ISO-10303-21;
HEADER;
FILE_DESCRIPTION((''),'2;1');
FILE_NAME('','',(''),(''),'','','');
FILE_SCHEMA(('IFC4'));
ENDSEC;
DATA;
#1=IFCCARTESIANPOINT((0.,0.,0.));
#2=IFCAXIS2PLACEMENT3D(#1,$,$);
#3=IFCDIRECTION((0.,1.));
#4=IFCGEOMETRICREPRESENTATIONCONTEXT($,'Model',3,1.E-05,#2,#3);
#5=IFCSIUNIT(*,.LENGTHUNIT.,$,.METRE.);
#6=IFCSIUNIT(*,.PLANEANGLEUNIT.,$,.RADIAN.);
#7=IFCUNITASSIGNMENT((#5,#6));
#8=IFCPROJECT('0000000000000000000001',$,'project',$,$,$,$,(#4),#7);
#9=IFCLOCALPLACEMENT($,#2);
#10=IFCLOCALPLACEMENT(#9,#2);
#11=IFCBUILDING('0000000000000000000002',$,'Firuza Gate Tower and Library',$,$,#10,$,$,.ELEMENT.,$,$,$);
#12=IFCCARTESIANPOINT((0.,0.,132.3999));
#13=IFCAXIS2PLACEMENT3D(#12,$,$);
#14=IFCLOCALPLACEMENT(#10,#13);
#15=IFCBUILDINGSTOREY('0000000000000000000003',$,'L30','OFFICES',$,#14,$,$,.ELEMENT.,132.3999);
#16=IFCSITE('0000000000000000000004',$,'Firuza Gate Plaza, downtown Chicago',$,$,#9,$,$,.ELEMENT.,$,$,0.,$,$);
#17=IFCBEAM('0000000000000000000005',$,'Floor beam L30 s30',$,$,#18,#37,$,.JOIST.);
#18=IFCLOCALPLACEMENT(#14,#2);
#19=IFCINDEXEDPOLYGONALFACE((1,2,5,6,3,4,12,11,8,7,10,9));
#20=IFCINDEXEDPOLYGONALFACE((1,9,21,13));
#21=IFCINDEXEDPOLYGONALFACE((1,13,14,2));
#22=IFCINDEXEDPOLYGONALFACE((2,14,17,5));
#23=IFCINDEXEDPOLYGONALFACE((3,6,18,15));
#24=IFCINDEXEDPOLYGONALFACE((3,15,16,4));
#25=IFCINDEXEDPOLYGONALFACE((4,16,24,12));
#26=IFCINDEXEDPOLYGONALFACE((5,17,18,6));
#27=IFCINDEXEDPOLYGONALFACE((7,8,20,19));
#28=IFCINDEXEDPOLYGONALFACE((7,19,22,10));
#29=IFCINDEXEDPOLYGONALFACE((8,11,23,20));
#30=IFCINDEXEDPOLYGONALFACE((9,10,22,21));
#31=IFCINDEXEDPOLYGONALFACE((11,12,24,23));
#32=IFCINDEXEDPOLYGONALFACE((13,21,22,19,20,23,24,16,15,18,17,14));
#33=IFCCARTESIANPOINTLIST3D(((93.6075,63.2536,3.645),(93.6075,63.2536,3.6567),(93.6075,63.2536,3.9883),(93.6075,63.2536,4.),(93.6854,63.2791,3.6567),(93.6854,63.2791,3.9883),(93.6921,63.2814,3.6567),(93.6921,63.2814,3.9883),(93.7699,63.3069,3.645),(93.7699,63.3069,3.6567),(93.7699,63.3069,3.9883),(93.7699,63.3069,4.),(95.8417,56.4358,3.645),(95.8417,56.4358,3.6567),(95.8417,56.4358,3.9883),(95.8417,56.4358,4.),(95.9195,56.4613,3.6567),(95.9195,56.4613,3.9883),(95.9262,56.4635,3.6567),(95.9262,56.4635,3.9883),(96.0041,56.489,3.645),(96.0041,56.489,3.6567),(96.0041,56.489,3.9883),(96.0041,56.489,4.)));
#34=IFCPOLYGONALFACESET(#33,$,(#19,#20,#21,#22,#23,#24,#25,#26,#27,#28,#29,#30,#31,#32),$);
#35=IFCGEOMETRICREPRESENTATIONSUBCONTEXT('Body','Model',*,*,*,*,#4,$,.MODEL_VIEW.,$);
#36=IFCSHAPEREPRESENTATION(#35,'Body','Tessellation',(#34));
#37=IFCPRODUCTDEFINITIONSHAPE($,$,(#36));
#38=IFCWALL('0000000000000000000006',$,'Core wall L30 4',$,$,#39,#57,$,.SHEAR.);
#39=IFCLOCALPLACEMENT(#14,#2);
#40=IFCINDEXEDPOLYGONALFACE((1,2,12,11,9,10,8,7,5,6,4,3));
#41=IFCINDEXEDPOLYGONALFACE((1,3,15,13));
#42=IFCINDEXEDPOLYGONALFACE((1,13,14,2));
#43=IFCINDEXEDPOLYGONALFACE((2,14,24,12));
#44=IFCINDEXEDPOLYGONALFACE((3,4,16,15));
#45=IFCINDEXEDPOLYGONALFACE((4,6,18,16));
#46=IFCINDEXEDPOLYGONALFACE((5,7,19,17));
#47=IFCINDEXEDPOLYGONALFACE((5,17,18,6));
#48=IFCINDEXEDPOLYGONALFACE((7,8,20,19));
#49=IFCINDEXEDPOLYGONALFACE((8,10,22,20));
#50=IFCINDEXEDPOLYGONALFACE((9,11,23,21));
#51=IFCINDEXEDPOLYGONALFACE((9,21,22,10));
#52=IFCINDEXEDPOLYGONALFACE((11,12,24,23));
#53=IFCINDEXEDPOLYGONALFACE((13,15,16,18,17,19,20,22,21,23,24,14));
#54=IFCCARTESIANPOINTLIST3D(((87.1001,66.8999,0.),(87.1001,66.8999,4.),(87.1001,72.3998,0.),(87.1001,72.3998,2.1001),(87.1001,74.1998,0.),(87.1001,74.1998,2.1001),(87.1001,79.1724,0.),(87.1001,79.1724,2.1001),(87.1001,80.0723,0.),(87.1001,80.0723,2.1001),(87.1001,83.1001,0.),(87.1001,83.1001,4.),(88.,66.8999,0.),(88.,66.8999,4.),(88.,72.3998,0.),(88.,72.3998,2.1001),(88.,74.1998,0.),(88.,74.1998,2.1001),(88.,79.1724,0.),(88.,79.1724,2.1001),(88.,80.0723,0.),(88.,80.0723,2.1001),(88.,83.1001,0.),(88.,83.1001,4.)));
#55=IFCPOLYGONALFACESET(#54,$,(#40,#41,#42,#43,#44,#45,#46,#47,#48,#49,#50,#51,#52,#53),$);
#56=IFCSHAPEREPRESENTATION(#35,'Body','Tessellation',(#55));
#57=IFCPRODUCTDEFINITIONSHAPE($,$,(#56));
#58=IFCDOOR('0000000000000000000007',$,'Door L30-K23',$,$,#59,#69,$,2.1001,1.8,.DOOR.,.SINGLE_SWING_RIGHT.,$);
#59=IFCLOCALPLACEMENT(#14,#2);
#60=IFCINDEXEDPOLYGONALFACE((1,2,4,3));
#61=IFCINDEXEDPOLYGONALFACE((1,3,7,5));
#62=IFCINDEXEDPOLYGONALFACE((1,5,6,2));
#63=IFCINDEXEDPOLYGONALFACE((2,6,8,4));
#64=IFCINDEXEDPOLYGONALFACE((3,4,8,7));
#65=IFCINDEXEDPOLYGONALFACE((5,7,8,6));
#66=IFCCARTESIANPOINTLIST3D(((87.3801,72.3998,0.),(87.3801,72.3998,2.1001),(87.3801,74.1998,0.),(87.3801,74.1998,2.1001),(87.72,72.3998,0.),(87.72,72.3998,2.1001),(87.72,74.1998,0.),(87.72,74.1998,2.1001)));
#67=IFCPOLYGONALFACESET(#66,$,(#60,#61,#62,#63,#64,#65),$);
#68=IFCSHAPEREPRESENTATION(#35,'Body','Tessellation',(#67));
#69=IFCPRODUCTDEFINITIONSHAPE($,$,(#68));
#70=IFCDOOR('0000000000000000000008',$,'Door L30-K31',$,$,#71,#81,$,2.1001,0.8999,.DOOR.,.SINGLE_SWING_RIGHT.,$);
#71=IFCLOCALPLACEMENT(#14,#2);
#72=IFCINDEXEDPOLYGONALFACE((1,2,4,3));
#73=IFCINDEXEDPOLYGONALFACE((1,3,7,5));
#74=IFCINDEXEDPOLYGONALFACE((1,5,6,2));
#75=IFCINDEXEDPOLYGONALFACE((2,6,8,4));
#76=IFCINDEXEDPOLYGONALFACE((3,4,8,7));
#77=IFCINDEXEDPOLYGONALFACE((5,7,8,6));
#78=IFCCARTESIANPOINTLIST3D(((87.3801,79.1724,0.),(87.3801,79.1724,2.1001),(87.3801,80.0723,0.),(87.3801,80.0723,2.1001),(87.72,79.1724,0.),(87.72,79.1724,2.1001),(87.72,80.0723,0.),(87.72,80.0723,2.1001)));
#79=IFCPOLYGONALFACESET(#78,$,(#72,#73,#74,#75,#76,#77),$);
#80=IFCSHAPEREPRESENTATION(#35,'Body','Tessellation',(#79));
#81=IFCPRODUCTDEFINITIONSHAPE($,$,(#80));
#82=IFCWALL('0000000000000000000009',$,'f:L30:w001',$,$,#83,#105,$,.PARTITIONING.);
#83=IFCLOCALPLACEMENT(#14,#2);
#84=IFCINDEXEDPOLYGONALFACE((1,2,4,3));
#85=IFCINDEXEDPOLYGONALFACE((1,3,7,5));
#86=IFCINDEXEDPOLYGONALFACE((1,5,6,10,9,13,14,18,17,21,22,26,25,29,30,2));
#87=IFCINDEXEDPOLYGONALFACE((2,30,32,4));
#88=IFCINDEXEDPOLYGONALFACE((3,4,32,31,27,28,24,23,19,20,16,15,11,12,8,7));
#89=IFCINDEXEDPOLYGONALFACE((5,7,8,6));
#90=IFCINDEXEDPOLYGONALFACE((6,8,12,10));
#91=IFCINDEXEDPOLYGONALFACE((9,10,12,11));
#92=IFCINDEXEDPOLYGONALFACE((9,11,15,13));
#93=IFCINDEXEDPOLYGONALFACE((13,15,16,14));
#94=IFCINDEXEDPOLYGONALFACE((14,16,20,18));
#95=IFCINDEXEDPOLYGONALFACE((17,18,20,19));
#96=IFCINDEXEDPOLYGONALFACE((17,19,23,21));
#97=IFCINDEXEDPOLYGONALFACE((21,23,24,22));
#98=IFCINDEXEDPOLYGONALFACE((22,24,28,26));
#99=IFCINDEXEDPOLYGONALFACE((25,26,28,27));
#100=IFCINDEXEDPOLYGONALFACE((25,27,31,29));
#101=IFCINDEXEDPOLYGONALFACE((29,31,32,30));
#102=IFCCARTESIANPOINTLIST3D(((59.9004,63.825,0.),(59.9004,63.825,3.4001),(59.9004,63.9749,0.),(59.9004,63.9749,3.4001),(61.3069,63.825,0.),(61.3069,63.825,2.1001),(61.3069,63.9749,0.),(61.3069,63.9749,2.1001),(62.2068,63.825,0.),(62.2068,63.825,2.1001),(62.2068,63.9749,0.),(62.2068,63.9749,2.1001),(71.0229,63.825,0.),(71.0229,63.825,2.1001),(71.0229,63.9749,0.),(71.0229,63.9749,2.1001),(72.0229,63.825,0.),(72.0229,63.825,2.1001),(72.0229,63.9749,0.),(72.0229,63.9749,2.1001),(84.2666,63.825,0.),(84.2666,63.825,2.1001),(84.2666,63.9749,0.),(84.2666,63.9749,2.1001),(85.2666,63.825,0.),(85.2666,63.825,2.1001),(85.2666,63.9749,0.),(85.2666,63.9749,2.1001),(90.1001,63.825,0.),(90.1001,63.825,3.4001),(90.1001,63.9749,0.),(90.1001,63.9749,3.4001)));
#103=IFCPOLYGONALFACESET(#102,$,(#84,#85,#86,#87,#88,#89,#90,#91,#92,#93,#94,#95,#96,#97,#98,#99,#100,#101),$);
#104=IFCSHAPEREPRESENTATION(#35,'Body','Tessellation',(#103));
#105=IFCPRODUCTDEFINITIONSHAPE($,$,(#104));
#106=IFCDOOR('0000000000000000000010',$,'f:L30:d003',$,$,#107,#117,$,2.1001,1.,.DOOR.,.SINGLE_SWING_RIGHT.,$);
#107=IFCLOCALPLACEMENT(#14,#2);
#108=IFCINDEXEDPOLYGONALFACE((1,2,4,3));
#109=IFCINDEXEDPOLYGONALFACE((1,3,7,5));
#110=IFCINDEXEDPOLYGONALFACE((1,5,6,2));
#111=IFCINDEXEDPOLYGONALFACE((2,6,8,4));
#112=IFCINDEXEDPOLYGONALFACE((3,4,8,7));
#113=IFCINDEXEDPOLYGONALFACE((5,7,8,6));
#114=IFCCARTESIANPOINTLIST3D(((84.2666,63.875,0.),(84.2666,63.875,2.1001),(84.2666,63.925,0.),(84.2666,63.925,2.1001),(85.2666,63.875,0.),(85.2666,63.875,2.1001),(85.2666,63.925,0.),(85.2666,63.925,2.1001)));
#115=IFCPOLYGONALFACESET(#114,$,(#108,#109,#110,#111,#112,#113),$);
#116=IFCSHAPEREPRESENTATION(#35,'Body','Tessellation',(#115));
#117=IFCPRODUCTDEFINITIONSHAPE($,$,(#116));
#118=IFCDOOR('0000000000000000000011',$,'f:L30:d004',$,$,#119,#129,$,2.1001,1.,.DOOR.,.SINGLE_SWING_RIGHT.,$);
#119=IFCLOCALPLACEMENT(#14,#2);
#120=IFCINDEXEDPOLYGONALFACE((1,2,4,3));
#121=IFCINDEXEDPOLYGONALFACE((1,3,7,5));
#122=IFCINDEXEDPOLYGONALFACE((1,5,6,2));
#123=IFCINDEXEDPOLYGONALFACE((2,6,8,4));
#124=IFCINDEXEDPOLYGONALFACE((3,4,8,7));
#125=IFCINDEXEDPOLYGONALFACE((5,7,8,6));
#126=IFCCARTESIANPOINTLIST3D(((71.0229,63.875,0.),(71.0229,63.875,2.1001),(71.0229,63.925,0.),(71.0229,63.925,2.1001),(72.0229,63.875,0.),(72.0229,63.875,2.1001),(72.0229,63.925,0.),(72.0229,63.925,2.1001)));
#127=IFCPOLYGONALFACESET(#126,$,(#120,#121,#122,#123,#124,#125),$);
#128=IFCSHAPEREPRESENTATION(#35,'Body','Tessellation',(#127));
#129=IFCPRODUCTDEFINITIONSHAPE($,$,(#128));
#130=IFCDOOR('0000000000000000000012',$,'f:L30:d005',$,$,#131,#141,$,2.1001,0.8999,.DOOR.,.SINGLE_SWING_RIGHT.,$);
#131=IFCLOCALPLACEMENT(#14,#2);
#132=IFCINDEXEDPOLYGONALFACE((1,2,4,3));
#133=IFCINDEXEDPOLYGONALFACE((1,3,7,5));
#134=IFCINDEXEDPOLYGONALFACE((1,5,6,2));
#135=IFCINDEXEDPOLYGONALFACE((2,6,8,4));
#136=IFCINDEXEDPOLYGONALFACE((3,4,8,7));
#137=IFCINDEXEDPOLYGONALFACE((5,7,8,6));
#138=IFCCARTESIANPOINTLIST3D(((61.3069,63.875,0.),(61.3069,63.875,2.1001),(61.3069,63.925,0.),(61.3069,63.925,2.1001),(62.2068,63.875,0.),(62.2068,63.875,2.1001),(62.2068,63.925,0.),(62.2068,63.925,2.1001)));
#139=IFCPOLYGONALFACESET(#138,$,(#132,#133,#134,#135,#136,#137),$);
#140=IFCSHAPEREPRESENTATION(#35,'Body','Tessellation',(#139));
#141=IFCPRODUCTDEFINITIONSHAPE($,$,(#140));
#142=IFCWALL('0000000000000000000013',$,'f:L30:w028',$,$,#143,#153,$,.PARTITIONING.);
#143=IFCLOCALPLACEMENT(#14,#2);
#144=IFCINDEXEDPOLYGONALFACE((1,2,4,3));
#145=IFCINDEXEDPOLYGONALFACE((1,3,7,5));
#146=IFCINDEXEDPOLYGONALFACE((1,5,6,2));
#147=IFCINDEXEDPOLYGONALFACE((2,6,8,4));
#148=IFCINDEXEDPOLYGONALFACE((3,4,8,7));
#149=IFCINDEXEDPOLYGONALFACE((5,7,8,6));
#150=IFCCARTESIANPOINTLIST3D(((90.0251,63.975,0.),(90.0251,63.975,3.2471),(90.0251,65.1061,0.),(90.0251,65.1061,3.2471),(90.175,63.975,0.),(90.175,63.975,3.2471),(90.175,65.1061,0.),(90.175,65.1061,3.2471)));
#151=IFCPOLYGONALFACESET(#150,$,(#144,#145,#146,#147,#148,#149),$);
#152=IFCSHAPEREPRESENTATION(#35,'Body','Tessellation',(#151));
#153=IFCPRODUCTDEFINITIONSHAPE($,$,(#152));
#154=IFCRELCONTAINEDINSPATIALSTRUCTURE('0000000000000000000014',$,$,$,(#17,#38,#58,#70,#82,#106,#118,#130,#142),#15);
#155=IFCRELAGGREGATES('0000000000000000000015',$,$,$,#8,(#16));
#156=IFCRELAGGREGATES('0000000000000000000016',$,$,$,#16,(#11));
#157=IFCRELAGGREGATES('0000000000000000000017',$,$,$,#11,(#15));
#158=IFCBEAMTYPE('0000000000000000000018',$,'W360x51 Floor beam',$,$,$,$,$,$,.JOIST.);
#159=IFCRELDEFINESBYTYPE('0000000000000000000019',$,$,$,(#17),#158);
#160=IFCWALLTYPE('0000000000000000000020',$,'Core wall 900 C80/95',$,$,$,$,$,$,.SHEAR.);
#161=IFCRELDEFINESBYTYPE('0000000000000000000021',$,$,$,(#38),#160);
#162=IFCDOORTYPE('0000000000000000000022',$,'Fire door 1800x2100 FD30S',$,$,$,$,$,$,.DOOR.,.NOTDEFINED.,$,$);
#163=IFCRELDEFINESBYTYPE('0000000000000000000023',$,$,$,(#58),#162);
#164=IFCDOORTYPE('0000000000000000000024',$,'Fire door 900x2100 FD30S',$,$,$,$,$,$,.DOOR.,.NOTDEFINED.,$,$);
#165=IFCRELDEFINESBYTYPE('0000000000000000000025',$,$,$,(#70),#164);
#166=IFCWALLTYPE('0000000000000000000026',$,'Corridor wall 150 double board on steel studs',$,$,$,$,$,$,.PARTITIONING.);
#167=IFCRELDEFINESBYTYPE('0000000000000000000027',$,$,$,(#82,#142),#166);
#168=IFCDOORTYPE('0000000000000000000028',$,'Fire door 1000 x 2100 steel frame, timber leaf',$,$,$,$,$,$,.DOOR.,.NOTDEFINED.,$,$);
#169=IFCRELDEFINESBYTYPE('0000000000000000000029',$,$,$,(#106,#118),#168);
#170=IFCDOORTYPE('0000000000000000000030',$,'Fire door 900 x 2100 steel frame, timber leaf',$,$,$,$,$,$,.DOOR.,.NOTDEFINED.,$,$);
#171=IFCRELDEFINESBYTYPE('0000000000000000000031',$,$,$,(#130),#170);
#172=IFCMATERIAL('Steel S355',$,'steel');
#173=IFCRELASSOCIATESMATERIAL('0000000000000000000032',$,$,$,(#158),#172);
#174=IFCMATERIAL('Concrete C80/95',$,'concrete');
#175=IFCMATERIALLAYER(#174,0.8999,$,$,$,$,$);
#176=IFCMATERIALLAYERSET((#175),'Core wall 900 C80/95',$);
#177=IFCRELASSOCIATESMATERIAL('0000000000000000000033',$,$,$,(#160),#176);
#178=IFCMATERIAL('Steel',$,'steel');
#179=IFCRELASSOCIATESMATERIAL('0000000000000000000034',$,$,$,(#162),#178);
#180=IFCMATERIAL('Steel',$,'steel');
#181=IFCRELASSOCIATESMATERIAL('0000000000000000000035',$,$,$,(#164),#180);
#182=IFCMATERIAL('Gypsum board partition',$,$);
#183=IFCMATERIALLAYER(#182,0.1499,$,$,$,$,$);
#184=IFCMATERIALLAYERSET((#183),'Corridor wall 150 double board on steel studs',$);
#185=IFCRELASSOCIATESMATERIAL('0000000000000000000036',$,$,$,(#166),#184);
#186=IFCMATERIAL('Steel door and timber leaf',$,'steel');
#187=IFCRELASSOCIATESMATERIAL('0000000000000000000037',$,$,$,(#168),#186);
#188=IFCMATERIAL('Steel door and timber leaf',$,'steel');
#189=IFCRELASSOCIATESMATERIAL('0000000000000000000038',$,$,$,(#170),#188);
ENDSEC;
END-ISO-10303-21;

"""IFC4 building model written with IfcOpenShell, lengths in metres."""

from ifc_helpers import new_model, si_unit, direction, frame, frame_2d, origin, origin_2d, place, context, subcontext, project, spatial, rectangle, i_section, extrude, material, layer, layer_set, material_profile, profile_set, type_object, element, fill, save


model = new_model("IFC4")

# Units and contexts
model_context = context("Model", 3, precision=1e-05, world=origin(), true_north=direction((0.0, 1.0)))
body_context = subcontext(model_context, "Body", "Model", "MODEL_VIEW")
ifc_project = project(units=[si_unit("LENGTHUNIT", "METRE"), si_unit("PLANEANGLEUNIT", "RADIAN")], contexts=[model_context])

# Site, building, storey
site_placement = place(None, origin())
site = spatial("IfcSite", under=ifc_project, at=site_placement, Name="Firuza Gate Plaza, downtown Chicago", CompositionType="ELEMENT", RefElevation=0.0)
building_placement = place(site_placement, origin())
building = spatial("IfcBuilding", under=site, at=building_placement, Name="Firuza Gate Tower and Library", CompositionType="ELEMENT")
storey_placement = place(building_placement, frame((0.0, 0.0, 132.3999)))
storey = spatial("IfcBuildingStorey", under=building, at=storey_placement, Name="L30", Description="OFFICES", CompositionType="ELEMENT", Elevation=132.3999)

# Beam
ifc_material_1 = material(Name="Steel S355", Category="steel")
ifc_material_profile = material_profile(ifc_material_1, i_section(OverallWidth=0.1709, OverallDepth=0.355, WebThickness=0.0071, FlangeThickness=0.0117, at=origin_2d()))
ifc_profile_set = profile_set([ifc_material_profile], Name="Steel S355")
beam_type = type_object("IfcBeamType", Name="W360x51 Floor beam", PredefinedType="JOIST", material=ifc_profile_set)
beam_placement = place(storey_placement, frame((95.9229, 56.4624, 3.8225), z_axis=(-0.311395, 0.950281, 0.0), x_axis=(-0.950281, -0.311395, 0.0)))
element("IfcBeam", 1, at=beam_placement, inside=storey, type_object=beam_type, Name="Floor beam L30 s30", PredefinedType="JOIST", context=body_context, shape_type="SweptSolid", body=[
    extrude(i_section(OverallWidth=0.1709, OverallDepth=0.355, WebThickness=0.0071, FlangeThickness=0.0117, at=origin_2d()), origin(), (0.0, 0.0, 1.0), 7.1746),
])

# Walls, openings, doors
ifc_material_2 = material(Name="Concrete C80/95", Category="concrete")
ifc_layer_1 = layer(ifc_material_2, 0.8999)
ifc_layer_set_1 = layer_set([ifc_layer_1], Name="Core wall 900 C80/95")
wall_type_1 = type_object("IfcWallType", Name="Core wall 900 C80/95", PredefinedType="SHEAR", material=ifc_layer_set_1)
wall_1_placement = place(storey_placement, frame((87.55, 66.8999, 0.0), z_axis=(0.0, 0.0, 1.0), x_axis=(0.0, 1.0, 0.0)))
wall_1 = element("IfcWall", 2, at=wall_1_placement, inside=storey, type_object=wall_type_1, Name="Core wall L30 4", PredefinedType="SHEAR", context=body_context, shape_type="SweptSolid", body=[
    extrude(rectangle(XDim=16.2002, YDim=0.8999, at=frame_2d((8.1001, 0.0))), origin(), (0.0, 0.0, 1.0), 4.0),
])
opening_1_placement = place(wall_1_placement, frame((5.5, 0.0, 0.0)))
opening_1 = element("IfcOpeningElement", 3, at=opening_1_placement, cuts=wall_1, PredefinedType="OPENING", context=body_context, shape_type="SweptSolid", body=[
    extrude(rectangle(XDim=1.8, YDim=2.1001, at=frame_2d((0.8999, 1.05))), frame((0.0, 0.46, 0.0), z_axis=(0.0, -1.0, 0.0), x_axis=(1.0, 0.0, 0.0)), (0.0, 0.0, 1.0), 0.9199),
])
opening_2_placement = place(wall_1_placement, frame((12.2725, 0.0, 0.0)))
opening_2 = element("IfcOpeningElement", 4, at=opening_2_placement, cuts=wall_1, PredefinedType="OPENING", context=body_context, shape_type="SweptSolid", body=[
    extrude(rectangle(XDim=0.8999, YDim=2.1001, at=frame_2d((0.45, 1.05))), frame((0.0, 0.46, 0.0), z_axis=(0.0, -1.0, 0.0), x_axis=(1.0, 0.0, 0.0)), (0.0, 0.0, 1.0), 0.9199),
])
ifc_material_3 = material(Name="Steel", Category="steel")
door_type_1 = type_object("IfcDoorType", Name="Fire door 1800x2100 FD30S", OperationType="NOTDEFINED", PredefinedType="DOOR", material=ifc_material_3)
door_1_placement = place(opening_1_placement, origin())
door_1 = element("IfcDoor", 5, at=door_1_placement, inside=storey, type_object=door_type_1, Name="Door L30-K23", OperationType="SINGLE_SWING_RIGHT", OverallHeight=2.1001, OverallWidth=1.8, PredefinedType="DOOR", context=body_context, shape_type="SweptSolid", body=[
    extrude(rectangle(XDim=1.8, YDim=2.1001, at=frame_2d((0.8999, 1.05))), frame((0.0, 0.1699, 0.0), z_axis=(0.0, -1.0, 0.0), x_axis=(1.0, 0.0, 0.0)), (0.0, 0.0, 1.0), 0.3398),
])
fill(opening_1, door_1)
ifc_material_4 = material(Name="Steel", Category="steel")
door_type_2 = type_object("IfcDoorType", Name="Fire door 900x2100 FD30S", OperationType="NOTDEFINED", PredefinedType="DOOR", material=ifc_material_4)
door_2_placement = place(opening_2_placement, origin())
door_2 = element("IfcDoor", 6, at=door_2_placement, inside=storey, type_object=door_type_2, Name="Door L30-K31", OperationType="SINGLE_SWING_RIGHT", OverallHeight=2.1001, OverallWidth=0.8999, PredefinedType="DOOR", context=body_context, shape_type="SweptSolid", body=[
    extrude(rectangle(XDim=0.8999, YDim=2.1001, at=frame_2d((0.45, 1.05))), frame((0.0, 0.1699, 0.0), z_axis=(0.0, -1.0, 0.0), x_axis=(1.0, 0.0, 0.0)), (0.0, 0.0, 1.0), 0.3398),
])
fill(opening_2, door_2)
ifc_material_5 = material(Name="Gypsum board partition")
ifc_layer_2 = layer(ifc_material_5, 0.1499)
ifc_layer_set_2 = layer_set([ifc_layer_2], Name="Corridor wall 150 double board on steel studs")
wall_type_2 = type_object("IfcWallType", Name="Corridor wall 150 double board on steel studs", PredefinedType="PARTITIONING", material=ifc_layer_set_2)
wall_2_placement = place(storey_placement, frame((90.1001, 63.8999, 0.0), z_axis=(0.0, 0.0, 1.0), x_axis=(-1.0, 0.0, 0.0)))
wall_2 = element("IfcWall", 7, at=wall_2_placement, inside=storey, type_object=wall_type_2, Name="f:L30:w001", PredefinedType="PARTITIONING", context=body_context, shape_type="SweptSolid", body=[
    extrude(rectangle(XDim=30.1997, YDim=0.1499, at=frame_2d((15.0999, 0.0))), origin(), (0.0, 0.0, 1.0), 3.4001),
])
opening_3_placement = place(wall_2_placement, frame((4.8335, 0.0, 0.0)))
opening_3 = element("IfcOpeningElement", 8, at=opening_3_placement, cuts=wall_2, PredefinedType="OPENING", context=body_context, shape_type="SweptSolid", body=[
    extrude(rectangle(XDim=1.0, YDim=2.1001, at=frame_2d((0.5, 1.05))), frame((0.0, 0.085, 0.0), z_axis=(0.0, -1.0, 0.0), x_axis=(1.0, 0.0, 0.0)), (0.0, 0.0, 1.0), 0.1699),
])
opening_4_placement = place(wall_2_placement, frame((18.0771, 0.0, 0.0)))
opening_4 = element("IfcOpeningElement", 9, at=opening_4_placement, cuts=wall_2, PredefinedType="OPENING", context=body_context, shape_type="SweptSolid", body=[
    extrude(rectangle(XDim=1.0, YDim=2.1001, at=frame_2d((0.5, 1.05))), frame((0.0, 0.085, 0.0), z_axis=(0.0, -1.0, 0.0), x_axis=(1.0, 0.0, 0.0)), (0.0, 0.0, 1.0), 0.1699),
])
opening_5_placement = place(wall_2_placement, frame((27.8933, 0.0, 0.0)))
opening_5 = element("IfcOpeningElement", 10, at=opening_5_placement, cuts=wall_2, PredefinedType="OPENING", context=body_context, shape_type="SweptSolid", body=[
    extrude(rectangle(XDim=0.8999, YDim=2.1001, at=frame_2d((0.45, 1.05))), frame((0.0, 0.085, 0.0), z_axis=(0.0, -1.0, 0.0), x_axis=(1.0, 0.0, 0.0)), (0.0, 0.0, 1.0), 0.1699),
])
ifc_material_6 = material(Name="Steel door and timber leaf", Category="steel")
door_type_3 = type_object("IfcDoorType", Name="Fire door 1000 x 2100 steel frame, timber leaf", OperationType="NOTDEFINED", PredefinedType="DOOR", material=ifc_material_6)
door_3_placement = place(opening_3_placement, origin())
door_3 = element("IfcDoor", 11, at=door_3_placement, inside=storey, type_object=door_type_3, Name="f:L30:d003", OperationType="SINGLE_SWING_RIGHT", OverallHeight=2.1001, OverallWidth=1.0, PredefinedType="DOOR", context=body_context, shape_type="SweptSolid", body=[
    extrude(rectangle(XDim=1.0, YDim=2.1001, at=frame_2d((0.5, 1.05))), frame((0.0, 0.0249, 0.0), z_axis=(0.0, -1.0, 0.0), x_axis=(1.0, 0.0, 0.0)), (0.0, 0.0, 1.0), 0.05),
])
fill(opening_3, door_3)
door_4_placement = place(opening_4_placement, origin())
door_4 = element("IfcDoor", 12, at=door_4_placement, inside=storey, type_object=door_type_3, Name="f:L30:d004", OperationType="SINGLE_SWING_RIGHT", OverallHeight=2.1001, OverallWidth=1.0, PredefinedType="DOOR", context=body_context, shape_type="SweptSolid", body=[
    extrude(rectangle(XDim=1.0, YDim=2.1001, at=frame_2d((0.5, 1.05))), frame((0.0, 0.0249, 0.0), z_axis=(0.0, -1.0, 0.0), x_axis=(1.0, 0.0, 0.0)), (0.0, 0.0, 1.0), 0.05),
])
fill(opening_4, door_4)
ifc_material_7 = material(Name="Steel door and timber leaf", Category="steel")
door_type_4 = type_object("IfcDoorType", Name="Fire door 900 x 2100 steel frame, timber leaf", OperationType="NOTDEFINED", PredefinedType="DOOR", material=ifc_material_7)
door_5_placement = place(opening_5_placement, origin())
door_5 = element("IfcDoor", 13, at=door_5_placement, inside=storey, type_object=door_type_4, Name="f:L30:d005", OperationType="SINGLE_SWING_RIGHT", OverallHeight=2.1001, OverallWidth=0.8999, PredefinedType="DOOR", context=body_context, shape_type="SweptSolid", body=[
    extrude(rectangle(XDim=0.8999, YDim=2.1001, at=frame_2d((0.45, 1.05))), frame((0.0, 0.0249, 0.0), z_axis=(0.0, -1.0, 0.0), x_axis=(1.0, 0.0, 0.0)), (0.0, 0.0, 1.0), 0.05),
])
fill(opening_5, door_5)

# Wall
wall_3_placement = place(storey_placement, frame((90.1001, 63.9751, 0.0), z_axis=(0.0, 0.0, 1.0), x_axis=(0.0, 1.0, 0.0)))
element("IfcWall", 14, at=wall_3_placement, inside=storey, type_object=wall_type_2, Name="f:L30:w028", PredefinedType="PARTITIONING", context=body_context, shape_type="SweptSolid", body=[
    extrude(rectangle(XDim=1.1311, YDim=0.1499, at=frame_2d((0.5654, 0.0))), origin(), (0.0, 0.0, 1.0), 3.2471),
])

save(model, "model.ifc")
